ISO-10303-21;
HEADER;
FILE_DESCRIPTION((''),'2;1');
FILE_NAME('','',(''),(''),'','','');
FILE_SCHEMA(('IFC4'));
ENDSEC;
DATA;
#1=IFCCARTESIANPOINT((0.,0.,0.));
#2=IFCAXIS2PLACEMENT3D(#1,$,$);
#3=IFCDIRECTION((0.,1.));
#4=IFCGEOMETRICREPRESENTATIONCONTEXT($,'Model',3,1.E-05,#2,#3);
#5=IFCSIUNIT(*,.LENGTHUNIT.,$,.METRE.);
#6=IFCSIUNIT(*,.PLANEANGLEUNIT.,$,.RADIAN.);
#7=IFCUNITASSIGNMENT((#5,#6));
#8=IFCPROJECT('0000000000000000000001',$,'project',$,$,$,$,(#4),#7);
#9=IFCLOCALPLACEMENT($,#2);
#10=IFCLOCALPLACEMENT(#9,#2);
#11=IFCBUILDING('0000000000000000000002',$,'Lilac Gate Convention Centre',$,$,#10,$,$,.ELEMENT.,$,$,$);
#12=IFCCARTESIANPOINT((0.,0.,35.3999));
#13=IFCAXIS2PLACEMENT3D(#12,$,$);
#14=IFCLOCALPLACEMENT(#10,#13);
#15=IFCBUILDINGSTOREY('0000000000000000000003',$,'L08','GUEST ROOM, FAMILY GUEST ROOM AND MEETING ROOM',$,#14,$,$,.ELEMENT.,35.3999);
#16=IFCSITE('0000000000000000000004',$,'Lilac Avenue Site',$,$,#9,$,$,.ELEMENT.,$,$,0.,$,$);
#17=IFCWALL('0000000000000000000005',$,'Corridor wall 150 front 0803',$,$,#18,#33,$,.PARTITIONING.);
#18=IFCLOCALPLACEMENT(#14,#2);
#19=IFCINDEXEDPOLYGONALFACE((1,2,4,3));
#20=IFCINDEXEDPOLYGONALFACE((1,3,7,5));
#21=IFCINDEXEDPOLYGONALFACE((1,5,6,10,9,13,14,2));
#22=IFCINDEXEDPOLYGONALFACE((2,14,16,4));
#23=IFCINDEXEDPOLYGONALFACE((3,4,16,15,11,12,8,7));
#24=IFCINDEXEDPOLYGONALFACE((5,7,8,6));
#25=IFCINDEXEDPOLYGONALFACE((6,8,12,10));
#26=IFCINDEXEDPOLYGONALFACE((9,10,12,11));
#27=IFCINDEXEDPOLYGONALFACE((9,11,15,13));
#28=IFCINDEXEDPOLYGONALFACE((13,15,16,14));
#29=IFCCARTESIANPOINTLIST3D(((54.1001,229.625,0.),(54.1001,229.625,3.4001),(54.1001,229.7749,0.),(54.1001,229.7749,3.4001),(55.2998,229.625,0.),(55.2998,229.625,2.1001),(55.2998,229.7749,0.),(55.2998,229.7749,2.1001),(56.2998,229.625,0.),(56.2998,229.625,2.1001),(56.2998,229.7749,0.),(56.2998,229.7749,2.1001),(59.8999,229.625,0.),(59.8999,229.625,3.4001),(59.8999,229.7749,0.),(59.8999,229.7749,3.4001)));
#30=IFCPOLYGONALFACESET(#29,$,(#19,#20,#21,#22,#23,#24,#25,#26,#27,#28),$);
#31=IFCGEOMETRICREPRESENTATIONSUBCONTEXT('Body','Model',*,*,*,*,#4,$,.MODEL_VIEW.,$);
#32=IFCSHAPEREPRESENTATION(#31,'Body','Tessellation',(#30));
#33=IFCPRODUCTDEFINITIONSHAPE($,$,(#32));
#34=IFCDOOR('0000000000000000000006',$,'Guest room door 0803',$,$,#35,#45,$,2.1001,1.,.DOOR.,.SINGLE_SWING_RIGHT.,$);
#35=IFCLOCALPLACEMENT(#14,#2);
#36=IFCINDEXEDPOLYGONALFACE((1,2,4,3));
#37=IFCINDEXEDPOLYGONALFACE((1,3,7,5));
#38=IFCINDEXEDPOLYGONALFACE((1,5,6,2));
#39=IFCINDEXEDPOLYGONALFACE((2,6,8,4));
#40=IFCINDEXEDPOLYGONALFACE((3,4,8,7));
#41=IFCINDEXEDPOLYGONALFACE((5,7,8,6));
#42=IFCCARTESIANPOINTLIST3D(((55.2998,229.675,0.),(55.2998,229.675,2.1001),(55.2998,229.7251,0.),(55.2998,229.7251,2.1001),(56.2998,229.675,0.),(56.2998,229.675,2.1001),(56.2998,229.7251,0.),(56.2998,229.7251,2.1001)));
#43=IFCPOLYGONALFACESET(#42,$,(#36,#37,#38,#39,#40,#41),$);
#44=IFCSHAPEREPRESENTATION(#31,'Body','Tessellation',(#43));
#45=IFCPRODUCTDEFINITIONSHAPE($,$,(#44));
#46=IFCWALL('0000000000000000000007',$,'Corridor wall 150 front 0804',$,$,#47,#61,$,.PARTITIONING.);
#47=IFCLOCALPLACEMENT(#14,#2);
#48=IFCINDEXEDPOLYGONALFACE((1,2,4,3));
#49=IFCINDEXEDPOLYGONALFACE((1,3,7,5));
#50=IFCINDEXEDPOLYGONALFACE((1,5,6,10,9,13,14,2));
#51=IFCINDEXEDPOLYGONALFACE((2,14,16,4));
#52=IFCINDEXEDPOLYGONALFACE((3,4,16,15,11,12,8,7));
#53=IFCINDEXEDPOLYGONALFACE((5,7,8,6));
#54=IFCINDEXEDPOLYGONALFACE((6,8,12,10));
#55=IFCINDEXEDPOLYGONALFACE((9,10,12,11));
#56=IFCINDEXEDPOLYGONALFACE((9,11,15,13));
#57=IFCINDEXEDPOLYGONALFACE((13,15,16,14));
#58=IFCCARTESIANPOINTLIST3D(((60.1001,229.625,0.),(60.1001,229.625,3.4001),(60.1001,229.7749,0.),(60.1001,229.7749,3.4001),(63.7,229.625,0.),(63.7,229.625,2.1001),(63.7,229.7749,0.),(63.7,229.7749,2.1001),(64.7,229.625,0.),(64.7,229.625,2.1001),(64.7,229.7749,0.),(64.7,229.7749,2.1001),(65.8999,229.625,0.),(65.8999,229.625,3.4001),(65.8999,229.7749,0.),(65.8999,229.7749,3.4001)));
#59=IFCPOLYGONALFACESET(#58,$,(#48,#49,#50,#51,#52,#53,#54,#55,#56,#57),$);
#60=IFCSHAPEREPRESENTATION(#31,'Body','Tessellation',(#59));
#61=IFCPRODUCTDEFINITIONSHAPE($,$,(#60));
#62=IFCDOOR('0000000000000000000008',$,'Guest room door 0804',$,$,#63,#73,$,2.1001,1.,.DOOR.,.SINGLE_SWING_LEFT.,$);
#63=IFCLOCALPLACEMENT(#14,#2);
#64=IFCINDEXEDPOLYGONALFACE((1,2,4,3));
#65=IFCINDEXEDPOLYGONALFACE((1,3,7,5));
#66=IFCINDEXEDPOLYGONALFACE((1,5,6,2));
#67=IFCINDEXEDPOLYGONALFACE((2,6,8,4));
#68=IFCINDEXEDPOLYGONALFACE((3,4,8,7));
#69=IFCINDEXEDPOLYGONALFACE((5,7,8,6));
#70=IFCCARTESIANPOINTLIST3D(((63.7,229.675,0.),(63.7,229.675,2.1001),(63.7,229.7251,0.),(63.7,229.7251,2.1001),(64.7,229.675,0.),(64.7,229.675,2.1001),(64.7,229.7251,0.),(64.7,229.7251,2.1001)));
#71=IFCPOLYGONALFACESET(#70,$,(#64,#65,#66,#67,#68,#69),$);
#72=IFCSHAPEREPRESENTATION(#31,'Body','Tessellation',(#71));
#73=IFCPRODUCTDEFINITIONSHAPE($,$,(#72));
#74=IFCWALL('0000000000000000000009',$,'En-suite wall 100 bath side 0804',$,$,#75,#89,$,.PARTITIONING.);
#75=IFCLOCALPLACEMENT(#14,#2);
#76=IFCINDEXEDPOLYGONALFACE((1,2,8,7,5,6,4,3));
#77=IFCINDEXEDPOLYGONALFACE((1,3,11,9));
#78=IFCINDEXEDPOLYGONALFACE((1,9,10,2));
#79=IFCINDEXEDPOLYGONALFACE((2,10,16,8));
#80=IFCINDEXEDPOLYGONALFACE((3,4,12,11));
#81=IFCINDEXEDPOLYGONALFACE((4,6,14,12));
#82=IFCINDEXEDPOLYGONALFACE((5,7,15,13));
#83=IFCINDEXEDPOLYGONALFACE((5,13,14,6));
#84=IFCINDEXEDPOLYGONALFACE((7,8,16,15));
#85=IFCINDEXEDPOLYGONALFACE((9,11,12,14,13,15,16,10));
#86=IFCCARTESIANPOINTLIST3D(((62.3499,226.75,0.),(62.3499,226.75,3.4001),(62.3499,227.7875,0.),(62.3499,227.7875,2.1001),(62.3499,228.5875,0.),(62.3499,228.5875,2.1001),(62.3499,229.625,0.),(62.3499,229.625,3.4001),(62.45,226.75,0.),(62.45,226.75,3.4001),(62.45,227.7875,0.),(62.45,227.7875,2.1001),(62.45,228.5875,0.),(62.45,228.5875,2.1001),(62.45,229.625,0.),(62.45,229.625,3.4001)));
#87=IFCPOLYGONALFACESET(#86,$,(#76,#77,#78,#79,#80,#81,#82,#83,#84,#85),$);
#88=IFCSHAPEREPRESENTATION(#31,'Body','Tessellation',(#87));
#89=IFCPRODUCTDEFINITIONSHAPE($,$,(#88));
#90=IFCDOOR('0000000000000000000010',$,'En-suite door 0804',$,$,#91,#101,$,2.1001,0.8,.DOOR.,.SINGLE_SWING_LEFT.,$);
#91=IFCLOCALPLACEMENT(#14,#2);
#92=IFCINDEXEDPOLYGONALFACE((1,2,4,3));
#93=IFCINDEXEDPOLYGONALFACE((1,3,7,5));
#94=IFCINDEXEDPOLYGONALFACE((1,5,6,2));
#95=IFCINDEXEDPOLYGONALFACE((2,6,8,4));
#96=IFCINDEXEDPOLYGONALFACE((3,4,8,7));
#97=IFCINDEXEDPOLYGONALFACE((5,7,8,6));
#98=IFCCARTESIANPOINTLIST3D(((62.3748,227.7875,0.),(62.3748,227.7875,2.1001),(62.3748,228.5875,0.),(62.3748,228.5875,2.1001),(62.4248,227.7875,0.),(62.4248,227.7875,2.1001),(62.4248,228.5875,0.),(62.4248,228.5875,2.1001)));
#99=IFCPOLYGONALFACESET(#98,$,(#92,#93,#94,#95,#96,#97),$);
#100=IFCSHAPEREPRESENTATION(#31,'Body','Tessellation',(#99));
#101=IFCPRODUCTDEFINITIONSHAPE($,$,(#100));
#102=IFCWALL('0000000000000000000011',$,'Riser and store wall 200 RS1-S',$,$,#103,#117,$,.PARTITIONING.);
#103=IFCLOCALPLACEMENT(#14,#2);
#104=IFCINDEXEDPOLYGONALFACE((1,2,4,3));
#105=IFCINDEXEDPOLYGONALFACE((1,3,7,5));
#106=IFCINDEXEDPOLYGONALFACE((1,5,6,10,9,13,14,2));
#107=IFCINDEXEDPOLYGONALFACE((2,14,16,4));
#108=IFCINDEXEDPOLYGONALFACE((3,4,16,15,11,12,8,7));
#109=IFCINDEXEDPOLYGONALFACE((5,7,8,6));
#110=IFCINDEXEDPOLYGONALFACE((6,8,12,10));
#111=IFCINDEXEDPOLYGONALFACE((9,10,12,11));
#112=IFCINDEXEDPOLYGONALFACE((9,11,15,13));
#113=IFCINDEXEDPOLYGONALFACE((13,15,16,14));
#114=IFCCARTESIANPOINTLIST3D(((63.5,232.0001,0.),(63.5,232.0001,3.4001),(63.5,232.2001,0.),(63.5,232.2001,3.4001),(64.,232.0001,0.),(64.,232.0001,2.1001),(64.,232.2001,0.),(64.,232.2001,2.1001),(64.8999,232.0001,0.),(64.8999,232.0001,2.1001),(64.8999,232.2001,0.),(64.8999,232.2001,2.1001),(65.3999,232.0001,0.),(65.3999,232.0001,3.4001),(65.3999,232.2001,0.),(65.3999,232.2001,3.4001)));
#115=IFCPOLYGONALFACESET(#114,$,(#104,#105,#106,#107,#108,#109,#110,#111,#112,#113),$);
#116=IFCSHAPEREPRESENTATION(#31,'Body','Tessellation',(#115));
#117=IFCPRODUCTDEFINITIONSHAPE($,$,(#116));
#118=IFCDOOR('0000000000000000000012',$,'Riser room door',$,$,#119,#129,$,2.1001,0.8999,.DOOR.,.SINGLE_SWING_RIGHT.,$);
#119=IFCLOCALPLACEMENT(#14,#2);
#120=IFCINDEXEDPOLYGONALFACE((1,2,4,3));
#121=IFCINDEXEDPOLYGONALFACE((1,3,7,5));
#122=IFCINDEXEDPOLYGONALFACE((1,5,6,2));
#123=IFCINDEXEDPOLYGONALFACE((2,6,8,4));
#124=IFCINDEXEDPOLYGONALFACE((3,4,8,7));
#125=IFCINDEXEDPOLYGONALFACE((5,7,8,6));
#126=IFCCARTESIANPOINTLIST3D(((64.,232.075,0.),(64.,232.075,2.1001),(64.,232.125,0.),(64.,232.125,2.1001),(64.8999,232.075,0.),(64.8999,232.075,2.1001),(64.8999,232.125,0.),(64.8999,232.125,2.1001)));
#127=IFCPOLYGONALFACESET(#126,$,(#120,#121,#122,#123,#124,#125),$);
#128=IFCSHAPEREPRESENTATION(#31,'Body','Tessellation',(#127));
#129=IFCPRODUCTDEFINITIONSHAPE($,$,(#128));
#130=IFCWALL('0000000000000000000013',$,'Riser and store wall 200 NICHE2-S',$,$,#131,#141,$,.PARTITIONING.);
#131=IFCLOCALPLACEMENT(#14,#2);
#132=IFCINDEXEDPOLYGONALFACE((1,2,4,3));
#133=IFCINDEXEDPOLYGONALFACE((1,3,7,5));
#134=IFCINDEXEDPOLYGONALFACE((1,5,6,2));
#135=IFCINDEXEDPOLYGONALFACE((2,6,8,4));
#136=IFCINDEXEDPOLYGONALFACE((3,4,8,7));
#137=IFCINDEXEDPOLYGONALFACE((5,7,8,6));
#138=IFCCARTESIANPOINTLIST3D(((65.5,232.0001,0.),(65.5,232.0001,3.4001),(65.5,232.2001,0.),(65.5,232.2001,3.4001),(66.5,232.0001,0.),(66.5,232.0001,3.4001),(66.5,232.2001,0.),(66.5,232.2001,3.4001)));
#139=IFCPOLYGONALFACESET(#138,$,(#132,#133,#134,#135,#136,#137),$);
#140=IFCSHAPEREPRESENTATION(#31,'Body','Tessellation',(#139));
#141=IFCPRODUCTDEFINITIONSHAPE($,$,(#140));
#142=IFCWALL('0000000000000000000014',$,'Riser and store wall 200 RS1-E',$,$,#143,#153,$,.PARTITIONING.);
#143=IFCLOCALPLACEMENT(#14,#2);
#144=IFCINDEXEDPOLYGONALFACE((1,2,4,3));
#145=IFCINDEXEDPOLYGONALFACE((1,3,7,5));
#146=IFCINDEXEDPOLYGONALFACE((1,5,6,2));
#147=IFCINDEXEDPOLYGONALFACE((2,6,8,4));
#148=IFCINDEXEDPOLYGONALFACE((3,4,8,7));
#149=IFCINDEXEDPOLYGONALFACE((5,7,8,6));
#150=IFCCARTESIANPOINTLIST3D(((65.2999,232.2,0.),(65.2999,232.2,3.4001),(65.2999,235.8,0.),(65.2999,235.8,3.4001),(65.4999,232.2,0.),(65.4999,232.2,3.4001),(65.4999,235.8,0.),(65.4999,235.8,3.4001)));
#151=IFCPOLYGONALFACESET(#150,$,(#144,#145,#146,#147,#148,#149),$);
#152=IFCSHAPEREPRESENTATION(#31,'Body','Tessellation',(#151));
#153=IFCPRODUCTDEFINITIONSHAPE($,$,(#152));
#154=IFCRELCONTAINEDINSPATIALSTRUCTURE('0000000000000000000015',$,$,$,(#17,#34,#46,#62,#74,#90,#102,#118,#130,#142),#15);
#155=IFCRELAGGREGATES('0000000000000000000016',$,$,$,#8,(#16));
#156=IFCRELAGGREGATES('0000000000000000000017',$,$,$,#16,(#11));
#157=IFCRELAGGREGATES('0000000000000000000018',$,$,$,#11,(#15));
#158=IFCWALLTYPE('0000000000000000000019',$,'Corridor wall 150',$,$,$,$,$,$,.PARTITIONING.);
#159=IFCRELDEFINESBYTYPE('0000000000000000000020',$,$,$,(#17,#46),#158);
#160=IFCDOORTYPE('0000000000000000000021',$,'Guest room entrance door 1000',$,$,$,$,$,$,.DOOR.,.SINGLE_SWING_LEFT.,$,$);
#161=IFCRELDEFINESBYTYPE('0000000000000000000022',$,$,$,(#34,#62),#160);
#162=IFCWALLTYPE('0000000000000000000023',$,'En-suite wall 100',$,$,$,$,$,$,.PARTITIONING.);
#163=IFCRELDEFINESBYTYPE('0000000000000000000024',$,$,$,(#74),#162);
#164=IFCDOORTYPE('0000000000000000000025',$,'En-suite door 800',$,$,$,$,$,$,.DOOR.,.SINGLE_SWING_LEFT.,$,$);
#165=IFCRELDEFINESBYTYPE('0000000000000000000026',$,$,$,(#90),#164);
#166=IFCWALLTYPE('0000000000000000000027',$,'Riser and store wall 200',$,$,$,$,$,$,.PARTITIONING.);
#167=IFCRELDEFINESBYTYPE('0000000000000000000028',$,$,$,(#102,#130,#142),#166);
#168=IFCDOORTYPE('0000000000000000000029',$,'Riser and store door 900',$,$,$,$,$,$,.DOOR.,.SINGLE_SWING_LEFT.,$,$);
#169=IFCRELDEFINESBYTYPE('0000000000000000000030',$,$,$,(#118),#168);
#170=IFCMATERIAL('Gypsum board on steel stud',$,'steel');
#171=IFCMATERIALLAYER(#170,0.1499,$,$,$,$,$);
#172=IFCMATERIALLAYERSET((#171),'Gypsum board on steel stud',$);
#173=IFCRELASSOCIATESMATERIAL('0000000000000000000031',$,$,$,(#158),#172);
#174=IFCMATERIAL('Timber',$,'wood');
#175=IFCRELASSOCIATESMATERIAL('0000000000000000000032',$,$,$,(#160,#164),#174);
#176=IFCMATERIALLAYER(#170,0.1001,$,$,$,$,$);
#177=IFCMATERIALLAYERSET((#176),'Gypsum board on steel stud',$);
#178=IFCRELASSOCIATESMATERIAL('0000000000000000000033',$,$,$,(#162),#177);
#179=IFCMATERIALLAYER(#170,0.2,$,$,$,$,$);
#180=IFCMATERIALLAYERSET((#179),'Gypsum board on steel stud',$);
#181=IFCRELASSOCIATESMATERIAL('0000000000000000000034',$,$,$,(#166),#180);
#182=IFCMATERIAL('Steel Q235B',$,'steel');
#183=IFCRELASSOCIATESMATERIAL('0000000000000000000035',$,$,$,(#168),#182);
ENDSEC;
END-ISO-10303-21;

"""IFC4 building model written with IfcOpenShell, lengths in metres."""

from ifc_helpers import new_model, si_unit, direction, frame, frame_2d, origin, place, context, subcontext, project, spatial, rectangle, extrude, material, layer, layer_set, type_object, element, fill, save


model = new_model("IFC4")

# Units and contexts
model_context = context("Model", 3, precision=1e-05, world=origin(), true_north=direction((0.0, 1.0)))
body_context = subcontext(model_context, "Body", "Model", "MODEL_VIEW")
ifc_project = project(units=[si_unit("LENGTHUNIT", "METRE"), si_unit("PLANEANGLEUNIT", "RADIAN")], contexts=[model_context])

# Site, building, storey
site_placement = place(None, origin())
site = spatial("IfcSite", under=ifc_project, at=site_placement, Name="Lilac Avenue Site", CompositionType="ELEMENT", RefElevation=0.0)
building_placement = place(site_placement, origin())
building = spatial("IfcBuilding", under=site, at=building_placement, Name="Lilac Gate Convention Centre", CompositionType="ELEMENT")
storey_placement = place(building_placement, frame((0.0, 0.0, 35.3999)))
storey = spatial("IfcBuildingStorey", under=building, at=storey_placement, Name="L08", Description="GUEST ROOM, FAMILY GUEST ROOM AND MEETING ROOM", CompositionType="ELEMENT", Elevation=35.3999)

# Walls, openings, doors
ifc_material_1 = material(Name="Gypsum board on steel stud", Category="steel")
ifc_layer_1 = layer(ifc_material_1, 0.1499)
ifc_layer_set_1 = layer_set([ifc_layer_1], Name="Gypsum board on steel stud")
wall_type_1 = type_object("IfcWallType", Name="Corridor wall 150", PredefinedType="PARTITIONING", material=ifc_layer_set_1)
wall_1_placement = place(storey_placement, frame((59.8999, 229.7, 0.0), z_axis=(0.0, 0.0, 1.0), x_axis=(-1.0, 0.0, 0.0)))
wall_1 = element("IfcWall", 1, at=wall_1_placement, inside=storey, type_object=wall_type_1, Name="Corridor wall 150 front 0803", PredefinedType="PARTITIONING", context=body_context, shape_type="SweptSolid", body=[
    extrude(rectangle(XDim=5.7998, YDim=0.1499, at=frame_2d((2.8999, 0.0))), origin(), (0.0, 0.0, 1.0), 3.4001),
])
opening_1_placement = place(wall_1_placement, frame((3.6001, 0.0, 0.0)))
opening_1 = element("IfcOpeningElement", 2, at=opening_1_placement, cuts=wall_1, PredefinedType="OPENING", context=body_context, shape_type="SweptSolid", body=[
    extrude(rectangle(XDim=1.0, YDim=2.1001, at=frame_2d((0.5, 1.05))), frame((0.0, 0.085, 0.0), z_axis=(0.0, -1.0, 0.0), x_axis=(1.0, 0.0, 0.0)), (0.0, 0.0, 1.0), 0.1699),
])
ifc_material_2 = material(Name="Timber", Category="wood")
door_type_1 = type_object("IfcDoorType", Name="Guest room entrance door 1000", OperationType="SINGLE_SWING_LEFT", PredefinedType="DOOR", material=ifc_material_2)
door_1_placement = place(opening_1_placement, origin())
door_1 = element("IfcDoor", 3, at=door_1_placement, inside=storey, type_object=door_type_1, Name="Guest room door 0803", OperationType="SINGLE_SWING_RIGHT", OverallHeight=2.1001, OverallWidth=1.0, PredefinedType="DOOR", context=body_context, shape_type="SweptSolid", body=[
    extrude(rectangle(XDim=1.0, YDim=2.1001, at=frame_2d((0.5, 1.05))), frame((0.0, 0.0249, 0.0), z_axis=(0.0, -1.0, 0.0), x_axis=(1.0, 0.0, 0.0)), (0.0, 0.0, 1.0), 0.05),
])
fill(opening_1, door_1)
wall_2_placement = place(storey_placement, frame((65.8999, 229.7, 0.0), z_axis=(0.0, 0.0, 1.0), x_axis=(-1.0, 0.0, 0.0)))
wall_2 = element("IfcWall", 4, at=wall_2_placement, inside=storey, type_object=wall_type_1, Name="Corridor wall 150 front 0804", PredefinedType="PARTITIONING", context=body_context, shape_type="SweptSolid", body=[
    extrude(rectangle(XDim=5.7998, YDim=0.1499, at=frame_2d((2.8999, 0.0))), origin(), (0.0, 0.0, 1.0), 3.4001),
])
opening_2_placement = place(wall_2_placement, frame((1.2, 0.0, 0.0)))
opening_2 = element("IfcOpeningElement", 5, at=opening_2_placement, cuts=wall_2, PredefinedType="OPENING", context=body_context, shape_type="SweptSolid", body=[
    extrude(rectangle(XDim=1.0, YDim=2.1001, at=frame_2d((0.5, 1.05))), frame((0.0, 0.085, 0.0), z_axis=(0.0, -1.0, 0.0), x_axis=(1.0, 0.0, 0.0)), (0.0, 0.0, 1.0), 0.1699),
])
door_2_placement = place(opening_2_placement, origin())
door_2 = element("IfcDoor", 6, at=door_2_placement, inside=storey, type_object=door_type_1, Name="Guest room door 0804", OperationType="SINGLE_SWING_LEFT", OverallHeight=2.1001, OverallWidth=1.0, PredefinedType="DOOR", context=body_context, shape_type="SweptSolid", body=[
    extrude(rectangle(XDim=1.0, YDim=2.1001, at=frame_2d((0.5, 1.05))), frame((0.0, 0.0249, 0.0), z_axis=(0.0, -1.0, 0.0), x_axis=(1.0, 0.0, 0.0)), (0.0, 0.0, 1.0), 0.05),
])
fill(opening_2, door_2)
ifc_layer_2 = layer(ifc_material_1, 0.1001)
ifc_layer_set_2 = layer_set([ifc_layer_2], Name="Gypsum board on steel stud")
wall_type_2 = type_object("IfcWallType", Name="En-suite wall 100", PredefinedType="PARTITIONING", material=ifc_layer_set_2)
wall_3_placement = place(storey_placement, frame((62.3999, 229.625, 0.0), z_axis=(0.0, 0.0, 1.0), x_axis=(0.0, -1.0, 0.0)))
wall_3 = element("IfcWall", 7, at=wall_3_placement, inside=storey, type_object=wall_type_2, Name="En-suite wall 100 bath side 0804", PredefinedType="PARTITIONING", context=body_context, shape_type="SweptSolid", body=[
    extrude(rectangle(XDim=2.875, YDim=0.1001, at=frame_2d((1.4375, 0.0))), origin(), (0.0, 0.0, 1.0), 3.4001),
])
opening_3_placement = place(wall_3_placement, frame((1.0376, 0.0, 0.0)))
opening_3 = element("IfcOpeningElement", 8, at=opening_3_placement, cuts=wall_3, PredefinedType="OPENING", context=body_context, shape_type="SweptSolid", body=[
    extrude(rectangle(XDim=0.8, YDim=2.1001, at=frame_2d((0.3999, 1.05))), frame((0.0, 0.0601, 0.0), z_axis=(0.0, -1.0, 0.0), x_axis=(1.0, 0.0, 0.0)), (0.0, 0.0, 1.0), 0.1201),
])
door_type_2 = type_object("IfcDoorType", Name="En-suite door 800", OperationType="SINGLE_SWING_LEFT", PredefinedType="DOOR", material=ifc_material_2)
door_3_placement = place(opening_3_placement, origin())
door_3 = element("IfcDoor", 9, at=door_3_placement, inside=storey, type_object=door_type_2, Name="En-suite door 0804", OperationType="SINGLE_SWING_LEFT", OverallHeight=2.1001, OverallWidth=0.8, PredefinedType="DOOR", context=body_context, shape_type="SweptSolid", body=[
    extrude(rectangle(XDim=0.8, YDim=2.1001, at=frame_2d((0.3999, 1.05))), frame((0.0, 0.0249, 0.0), z_axis=(0.0, -1.0, 0.0), x_axis=(1.0, 0.0, 0.0)), (0.0, 0.0, 1.0), 0.05),
])
fill(opening_3, door_3)
ifc_layer_3 = layer(ifc_material_1, 0.2)
ifc_layer_set_3 = layer_set([ifc_layer_3], Name="Gypsum board on steel stud")
wall_type_3 = type_object("IfcWallType", Name="Riser and store wall 200", PredefinedType="PARTITIONING", material=ifc_layer_set_3)
wall_4_placement = place(storey_placement, frame((63.5, 232.1001, 0.0), z_axis=(0.0, 0.0, 1.0), x_axis=(1.0, 0.0, 0.0)))
wall_4 = element("IfcWall", 10, at=wall_4_placement, inside=storey, type_object=wall_type_3, Name="Riser and store wall 200 RS1-S", PredefinedType="PARTITIONING", context=body_context, shape_type="SweptSolid", body=[
    extrude(rectangle(XDim=1.8999, YDim=0.2, at=frame_2d((0.95, 0.0))), origin(), (0.0, 0.0, 1.0), 3.4001),
])
opening_4_placement = place(wall_4_placement, frame((0.5, 0.0, 0.0)))
opening_4 = element("IfcOpeningElement", 11, at=opening_4_placement, cuts=wall_4, PredefinedType="OPENING", context=body_context, shape_type="SweptSolid", body=[
    extrude(rectangle(XDim=0.8999, YDim=2.1001, at=frame_2d((0.45, 1.05))), frame((0.0, 0.1099, 0.0), z_axis=(0.0, -1.0, 0.0), x_axis=(1.0, 0.0, 0.0)), (0.0, 0.0, 1.0), 0.22),
])
ifc_material_3 = material(Name="Steel Q235B", Category="steel")
door_type_3 = type_object("IfcDoorType", Name="Riser and store door 900", OperationType="SINGLE_SWING_LEFT", PredefinedType="DOOR", material=ifc_material_3)
door_4_placement = place(opening_4_placement, origin())
door_4 = element("IfcDoor", 12, at=door_4_placement, inside=storey, type_object=door_type_3, Name="Riser room door", OperationType="SINGLE_SWING_RIGHT", OverallHeight=2.1001, OverallWidth=0.8999, PredefinedType="DOOR", context=body_context, shape_type="SweptSolid", body=[
    extrude(rectangle(XDim=0.8999, YDim=2.1001, at=frame_2d((0.45, 1.05))), frame((0.0, 0.0249, 0.0), z_axis=(0.0, -1.0, 0.0), x_axis=(1.0, 0.0, 0.0)), (0.0, 0.0, 1.0), 0.05),
])
fill(opening_4, door_4)

# Walls
wall_5_placement = place(storey_placement, frame((65.5, 232.1001, 0.0), z_axis=(0.0, 0.0, 1.0), x_axis=(1.0, 0.0, 0.0)))
element("IfcWall", 13, at=wall_5_placement, inside=storey, type_object=wall_type_3, Name="Riser and store wall 200 NICHE2-S", PredefinedType="PARTITIONING", context=body_context, shape_type="SweptSolid", body=[
    extrude(rectangle(XDim=1.0, YDim=0.2, at=frame_2d((0.5, 0.0))), origin(), (0.0, 0.0, 1.0), 3.4001),
])
wall_6_placement = place(storey_placement, frame((65.3999, 232.2, 0.0), z_axis=(0.0, 0.0, 1.0), x_axis=(0.0, 1.0, 0.0)))
element("IfcWall", 14, at=wall_6_placement, inside=storey, type_object=wall_type_3, Name="Riser and store wall 200 RS1-E", PredefinedType="PARTITIONING", context=body_context, shape_type="SweptSolid", body=[
    extrude(rectangle(XDim=3.6001, YDim=0.2, at=frame_2d((1.8, 0.0))), origin(), (0.0, 0.0, 1.0), 3.4001),
])

save(model, "model.ifc")
